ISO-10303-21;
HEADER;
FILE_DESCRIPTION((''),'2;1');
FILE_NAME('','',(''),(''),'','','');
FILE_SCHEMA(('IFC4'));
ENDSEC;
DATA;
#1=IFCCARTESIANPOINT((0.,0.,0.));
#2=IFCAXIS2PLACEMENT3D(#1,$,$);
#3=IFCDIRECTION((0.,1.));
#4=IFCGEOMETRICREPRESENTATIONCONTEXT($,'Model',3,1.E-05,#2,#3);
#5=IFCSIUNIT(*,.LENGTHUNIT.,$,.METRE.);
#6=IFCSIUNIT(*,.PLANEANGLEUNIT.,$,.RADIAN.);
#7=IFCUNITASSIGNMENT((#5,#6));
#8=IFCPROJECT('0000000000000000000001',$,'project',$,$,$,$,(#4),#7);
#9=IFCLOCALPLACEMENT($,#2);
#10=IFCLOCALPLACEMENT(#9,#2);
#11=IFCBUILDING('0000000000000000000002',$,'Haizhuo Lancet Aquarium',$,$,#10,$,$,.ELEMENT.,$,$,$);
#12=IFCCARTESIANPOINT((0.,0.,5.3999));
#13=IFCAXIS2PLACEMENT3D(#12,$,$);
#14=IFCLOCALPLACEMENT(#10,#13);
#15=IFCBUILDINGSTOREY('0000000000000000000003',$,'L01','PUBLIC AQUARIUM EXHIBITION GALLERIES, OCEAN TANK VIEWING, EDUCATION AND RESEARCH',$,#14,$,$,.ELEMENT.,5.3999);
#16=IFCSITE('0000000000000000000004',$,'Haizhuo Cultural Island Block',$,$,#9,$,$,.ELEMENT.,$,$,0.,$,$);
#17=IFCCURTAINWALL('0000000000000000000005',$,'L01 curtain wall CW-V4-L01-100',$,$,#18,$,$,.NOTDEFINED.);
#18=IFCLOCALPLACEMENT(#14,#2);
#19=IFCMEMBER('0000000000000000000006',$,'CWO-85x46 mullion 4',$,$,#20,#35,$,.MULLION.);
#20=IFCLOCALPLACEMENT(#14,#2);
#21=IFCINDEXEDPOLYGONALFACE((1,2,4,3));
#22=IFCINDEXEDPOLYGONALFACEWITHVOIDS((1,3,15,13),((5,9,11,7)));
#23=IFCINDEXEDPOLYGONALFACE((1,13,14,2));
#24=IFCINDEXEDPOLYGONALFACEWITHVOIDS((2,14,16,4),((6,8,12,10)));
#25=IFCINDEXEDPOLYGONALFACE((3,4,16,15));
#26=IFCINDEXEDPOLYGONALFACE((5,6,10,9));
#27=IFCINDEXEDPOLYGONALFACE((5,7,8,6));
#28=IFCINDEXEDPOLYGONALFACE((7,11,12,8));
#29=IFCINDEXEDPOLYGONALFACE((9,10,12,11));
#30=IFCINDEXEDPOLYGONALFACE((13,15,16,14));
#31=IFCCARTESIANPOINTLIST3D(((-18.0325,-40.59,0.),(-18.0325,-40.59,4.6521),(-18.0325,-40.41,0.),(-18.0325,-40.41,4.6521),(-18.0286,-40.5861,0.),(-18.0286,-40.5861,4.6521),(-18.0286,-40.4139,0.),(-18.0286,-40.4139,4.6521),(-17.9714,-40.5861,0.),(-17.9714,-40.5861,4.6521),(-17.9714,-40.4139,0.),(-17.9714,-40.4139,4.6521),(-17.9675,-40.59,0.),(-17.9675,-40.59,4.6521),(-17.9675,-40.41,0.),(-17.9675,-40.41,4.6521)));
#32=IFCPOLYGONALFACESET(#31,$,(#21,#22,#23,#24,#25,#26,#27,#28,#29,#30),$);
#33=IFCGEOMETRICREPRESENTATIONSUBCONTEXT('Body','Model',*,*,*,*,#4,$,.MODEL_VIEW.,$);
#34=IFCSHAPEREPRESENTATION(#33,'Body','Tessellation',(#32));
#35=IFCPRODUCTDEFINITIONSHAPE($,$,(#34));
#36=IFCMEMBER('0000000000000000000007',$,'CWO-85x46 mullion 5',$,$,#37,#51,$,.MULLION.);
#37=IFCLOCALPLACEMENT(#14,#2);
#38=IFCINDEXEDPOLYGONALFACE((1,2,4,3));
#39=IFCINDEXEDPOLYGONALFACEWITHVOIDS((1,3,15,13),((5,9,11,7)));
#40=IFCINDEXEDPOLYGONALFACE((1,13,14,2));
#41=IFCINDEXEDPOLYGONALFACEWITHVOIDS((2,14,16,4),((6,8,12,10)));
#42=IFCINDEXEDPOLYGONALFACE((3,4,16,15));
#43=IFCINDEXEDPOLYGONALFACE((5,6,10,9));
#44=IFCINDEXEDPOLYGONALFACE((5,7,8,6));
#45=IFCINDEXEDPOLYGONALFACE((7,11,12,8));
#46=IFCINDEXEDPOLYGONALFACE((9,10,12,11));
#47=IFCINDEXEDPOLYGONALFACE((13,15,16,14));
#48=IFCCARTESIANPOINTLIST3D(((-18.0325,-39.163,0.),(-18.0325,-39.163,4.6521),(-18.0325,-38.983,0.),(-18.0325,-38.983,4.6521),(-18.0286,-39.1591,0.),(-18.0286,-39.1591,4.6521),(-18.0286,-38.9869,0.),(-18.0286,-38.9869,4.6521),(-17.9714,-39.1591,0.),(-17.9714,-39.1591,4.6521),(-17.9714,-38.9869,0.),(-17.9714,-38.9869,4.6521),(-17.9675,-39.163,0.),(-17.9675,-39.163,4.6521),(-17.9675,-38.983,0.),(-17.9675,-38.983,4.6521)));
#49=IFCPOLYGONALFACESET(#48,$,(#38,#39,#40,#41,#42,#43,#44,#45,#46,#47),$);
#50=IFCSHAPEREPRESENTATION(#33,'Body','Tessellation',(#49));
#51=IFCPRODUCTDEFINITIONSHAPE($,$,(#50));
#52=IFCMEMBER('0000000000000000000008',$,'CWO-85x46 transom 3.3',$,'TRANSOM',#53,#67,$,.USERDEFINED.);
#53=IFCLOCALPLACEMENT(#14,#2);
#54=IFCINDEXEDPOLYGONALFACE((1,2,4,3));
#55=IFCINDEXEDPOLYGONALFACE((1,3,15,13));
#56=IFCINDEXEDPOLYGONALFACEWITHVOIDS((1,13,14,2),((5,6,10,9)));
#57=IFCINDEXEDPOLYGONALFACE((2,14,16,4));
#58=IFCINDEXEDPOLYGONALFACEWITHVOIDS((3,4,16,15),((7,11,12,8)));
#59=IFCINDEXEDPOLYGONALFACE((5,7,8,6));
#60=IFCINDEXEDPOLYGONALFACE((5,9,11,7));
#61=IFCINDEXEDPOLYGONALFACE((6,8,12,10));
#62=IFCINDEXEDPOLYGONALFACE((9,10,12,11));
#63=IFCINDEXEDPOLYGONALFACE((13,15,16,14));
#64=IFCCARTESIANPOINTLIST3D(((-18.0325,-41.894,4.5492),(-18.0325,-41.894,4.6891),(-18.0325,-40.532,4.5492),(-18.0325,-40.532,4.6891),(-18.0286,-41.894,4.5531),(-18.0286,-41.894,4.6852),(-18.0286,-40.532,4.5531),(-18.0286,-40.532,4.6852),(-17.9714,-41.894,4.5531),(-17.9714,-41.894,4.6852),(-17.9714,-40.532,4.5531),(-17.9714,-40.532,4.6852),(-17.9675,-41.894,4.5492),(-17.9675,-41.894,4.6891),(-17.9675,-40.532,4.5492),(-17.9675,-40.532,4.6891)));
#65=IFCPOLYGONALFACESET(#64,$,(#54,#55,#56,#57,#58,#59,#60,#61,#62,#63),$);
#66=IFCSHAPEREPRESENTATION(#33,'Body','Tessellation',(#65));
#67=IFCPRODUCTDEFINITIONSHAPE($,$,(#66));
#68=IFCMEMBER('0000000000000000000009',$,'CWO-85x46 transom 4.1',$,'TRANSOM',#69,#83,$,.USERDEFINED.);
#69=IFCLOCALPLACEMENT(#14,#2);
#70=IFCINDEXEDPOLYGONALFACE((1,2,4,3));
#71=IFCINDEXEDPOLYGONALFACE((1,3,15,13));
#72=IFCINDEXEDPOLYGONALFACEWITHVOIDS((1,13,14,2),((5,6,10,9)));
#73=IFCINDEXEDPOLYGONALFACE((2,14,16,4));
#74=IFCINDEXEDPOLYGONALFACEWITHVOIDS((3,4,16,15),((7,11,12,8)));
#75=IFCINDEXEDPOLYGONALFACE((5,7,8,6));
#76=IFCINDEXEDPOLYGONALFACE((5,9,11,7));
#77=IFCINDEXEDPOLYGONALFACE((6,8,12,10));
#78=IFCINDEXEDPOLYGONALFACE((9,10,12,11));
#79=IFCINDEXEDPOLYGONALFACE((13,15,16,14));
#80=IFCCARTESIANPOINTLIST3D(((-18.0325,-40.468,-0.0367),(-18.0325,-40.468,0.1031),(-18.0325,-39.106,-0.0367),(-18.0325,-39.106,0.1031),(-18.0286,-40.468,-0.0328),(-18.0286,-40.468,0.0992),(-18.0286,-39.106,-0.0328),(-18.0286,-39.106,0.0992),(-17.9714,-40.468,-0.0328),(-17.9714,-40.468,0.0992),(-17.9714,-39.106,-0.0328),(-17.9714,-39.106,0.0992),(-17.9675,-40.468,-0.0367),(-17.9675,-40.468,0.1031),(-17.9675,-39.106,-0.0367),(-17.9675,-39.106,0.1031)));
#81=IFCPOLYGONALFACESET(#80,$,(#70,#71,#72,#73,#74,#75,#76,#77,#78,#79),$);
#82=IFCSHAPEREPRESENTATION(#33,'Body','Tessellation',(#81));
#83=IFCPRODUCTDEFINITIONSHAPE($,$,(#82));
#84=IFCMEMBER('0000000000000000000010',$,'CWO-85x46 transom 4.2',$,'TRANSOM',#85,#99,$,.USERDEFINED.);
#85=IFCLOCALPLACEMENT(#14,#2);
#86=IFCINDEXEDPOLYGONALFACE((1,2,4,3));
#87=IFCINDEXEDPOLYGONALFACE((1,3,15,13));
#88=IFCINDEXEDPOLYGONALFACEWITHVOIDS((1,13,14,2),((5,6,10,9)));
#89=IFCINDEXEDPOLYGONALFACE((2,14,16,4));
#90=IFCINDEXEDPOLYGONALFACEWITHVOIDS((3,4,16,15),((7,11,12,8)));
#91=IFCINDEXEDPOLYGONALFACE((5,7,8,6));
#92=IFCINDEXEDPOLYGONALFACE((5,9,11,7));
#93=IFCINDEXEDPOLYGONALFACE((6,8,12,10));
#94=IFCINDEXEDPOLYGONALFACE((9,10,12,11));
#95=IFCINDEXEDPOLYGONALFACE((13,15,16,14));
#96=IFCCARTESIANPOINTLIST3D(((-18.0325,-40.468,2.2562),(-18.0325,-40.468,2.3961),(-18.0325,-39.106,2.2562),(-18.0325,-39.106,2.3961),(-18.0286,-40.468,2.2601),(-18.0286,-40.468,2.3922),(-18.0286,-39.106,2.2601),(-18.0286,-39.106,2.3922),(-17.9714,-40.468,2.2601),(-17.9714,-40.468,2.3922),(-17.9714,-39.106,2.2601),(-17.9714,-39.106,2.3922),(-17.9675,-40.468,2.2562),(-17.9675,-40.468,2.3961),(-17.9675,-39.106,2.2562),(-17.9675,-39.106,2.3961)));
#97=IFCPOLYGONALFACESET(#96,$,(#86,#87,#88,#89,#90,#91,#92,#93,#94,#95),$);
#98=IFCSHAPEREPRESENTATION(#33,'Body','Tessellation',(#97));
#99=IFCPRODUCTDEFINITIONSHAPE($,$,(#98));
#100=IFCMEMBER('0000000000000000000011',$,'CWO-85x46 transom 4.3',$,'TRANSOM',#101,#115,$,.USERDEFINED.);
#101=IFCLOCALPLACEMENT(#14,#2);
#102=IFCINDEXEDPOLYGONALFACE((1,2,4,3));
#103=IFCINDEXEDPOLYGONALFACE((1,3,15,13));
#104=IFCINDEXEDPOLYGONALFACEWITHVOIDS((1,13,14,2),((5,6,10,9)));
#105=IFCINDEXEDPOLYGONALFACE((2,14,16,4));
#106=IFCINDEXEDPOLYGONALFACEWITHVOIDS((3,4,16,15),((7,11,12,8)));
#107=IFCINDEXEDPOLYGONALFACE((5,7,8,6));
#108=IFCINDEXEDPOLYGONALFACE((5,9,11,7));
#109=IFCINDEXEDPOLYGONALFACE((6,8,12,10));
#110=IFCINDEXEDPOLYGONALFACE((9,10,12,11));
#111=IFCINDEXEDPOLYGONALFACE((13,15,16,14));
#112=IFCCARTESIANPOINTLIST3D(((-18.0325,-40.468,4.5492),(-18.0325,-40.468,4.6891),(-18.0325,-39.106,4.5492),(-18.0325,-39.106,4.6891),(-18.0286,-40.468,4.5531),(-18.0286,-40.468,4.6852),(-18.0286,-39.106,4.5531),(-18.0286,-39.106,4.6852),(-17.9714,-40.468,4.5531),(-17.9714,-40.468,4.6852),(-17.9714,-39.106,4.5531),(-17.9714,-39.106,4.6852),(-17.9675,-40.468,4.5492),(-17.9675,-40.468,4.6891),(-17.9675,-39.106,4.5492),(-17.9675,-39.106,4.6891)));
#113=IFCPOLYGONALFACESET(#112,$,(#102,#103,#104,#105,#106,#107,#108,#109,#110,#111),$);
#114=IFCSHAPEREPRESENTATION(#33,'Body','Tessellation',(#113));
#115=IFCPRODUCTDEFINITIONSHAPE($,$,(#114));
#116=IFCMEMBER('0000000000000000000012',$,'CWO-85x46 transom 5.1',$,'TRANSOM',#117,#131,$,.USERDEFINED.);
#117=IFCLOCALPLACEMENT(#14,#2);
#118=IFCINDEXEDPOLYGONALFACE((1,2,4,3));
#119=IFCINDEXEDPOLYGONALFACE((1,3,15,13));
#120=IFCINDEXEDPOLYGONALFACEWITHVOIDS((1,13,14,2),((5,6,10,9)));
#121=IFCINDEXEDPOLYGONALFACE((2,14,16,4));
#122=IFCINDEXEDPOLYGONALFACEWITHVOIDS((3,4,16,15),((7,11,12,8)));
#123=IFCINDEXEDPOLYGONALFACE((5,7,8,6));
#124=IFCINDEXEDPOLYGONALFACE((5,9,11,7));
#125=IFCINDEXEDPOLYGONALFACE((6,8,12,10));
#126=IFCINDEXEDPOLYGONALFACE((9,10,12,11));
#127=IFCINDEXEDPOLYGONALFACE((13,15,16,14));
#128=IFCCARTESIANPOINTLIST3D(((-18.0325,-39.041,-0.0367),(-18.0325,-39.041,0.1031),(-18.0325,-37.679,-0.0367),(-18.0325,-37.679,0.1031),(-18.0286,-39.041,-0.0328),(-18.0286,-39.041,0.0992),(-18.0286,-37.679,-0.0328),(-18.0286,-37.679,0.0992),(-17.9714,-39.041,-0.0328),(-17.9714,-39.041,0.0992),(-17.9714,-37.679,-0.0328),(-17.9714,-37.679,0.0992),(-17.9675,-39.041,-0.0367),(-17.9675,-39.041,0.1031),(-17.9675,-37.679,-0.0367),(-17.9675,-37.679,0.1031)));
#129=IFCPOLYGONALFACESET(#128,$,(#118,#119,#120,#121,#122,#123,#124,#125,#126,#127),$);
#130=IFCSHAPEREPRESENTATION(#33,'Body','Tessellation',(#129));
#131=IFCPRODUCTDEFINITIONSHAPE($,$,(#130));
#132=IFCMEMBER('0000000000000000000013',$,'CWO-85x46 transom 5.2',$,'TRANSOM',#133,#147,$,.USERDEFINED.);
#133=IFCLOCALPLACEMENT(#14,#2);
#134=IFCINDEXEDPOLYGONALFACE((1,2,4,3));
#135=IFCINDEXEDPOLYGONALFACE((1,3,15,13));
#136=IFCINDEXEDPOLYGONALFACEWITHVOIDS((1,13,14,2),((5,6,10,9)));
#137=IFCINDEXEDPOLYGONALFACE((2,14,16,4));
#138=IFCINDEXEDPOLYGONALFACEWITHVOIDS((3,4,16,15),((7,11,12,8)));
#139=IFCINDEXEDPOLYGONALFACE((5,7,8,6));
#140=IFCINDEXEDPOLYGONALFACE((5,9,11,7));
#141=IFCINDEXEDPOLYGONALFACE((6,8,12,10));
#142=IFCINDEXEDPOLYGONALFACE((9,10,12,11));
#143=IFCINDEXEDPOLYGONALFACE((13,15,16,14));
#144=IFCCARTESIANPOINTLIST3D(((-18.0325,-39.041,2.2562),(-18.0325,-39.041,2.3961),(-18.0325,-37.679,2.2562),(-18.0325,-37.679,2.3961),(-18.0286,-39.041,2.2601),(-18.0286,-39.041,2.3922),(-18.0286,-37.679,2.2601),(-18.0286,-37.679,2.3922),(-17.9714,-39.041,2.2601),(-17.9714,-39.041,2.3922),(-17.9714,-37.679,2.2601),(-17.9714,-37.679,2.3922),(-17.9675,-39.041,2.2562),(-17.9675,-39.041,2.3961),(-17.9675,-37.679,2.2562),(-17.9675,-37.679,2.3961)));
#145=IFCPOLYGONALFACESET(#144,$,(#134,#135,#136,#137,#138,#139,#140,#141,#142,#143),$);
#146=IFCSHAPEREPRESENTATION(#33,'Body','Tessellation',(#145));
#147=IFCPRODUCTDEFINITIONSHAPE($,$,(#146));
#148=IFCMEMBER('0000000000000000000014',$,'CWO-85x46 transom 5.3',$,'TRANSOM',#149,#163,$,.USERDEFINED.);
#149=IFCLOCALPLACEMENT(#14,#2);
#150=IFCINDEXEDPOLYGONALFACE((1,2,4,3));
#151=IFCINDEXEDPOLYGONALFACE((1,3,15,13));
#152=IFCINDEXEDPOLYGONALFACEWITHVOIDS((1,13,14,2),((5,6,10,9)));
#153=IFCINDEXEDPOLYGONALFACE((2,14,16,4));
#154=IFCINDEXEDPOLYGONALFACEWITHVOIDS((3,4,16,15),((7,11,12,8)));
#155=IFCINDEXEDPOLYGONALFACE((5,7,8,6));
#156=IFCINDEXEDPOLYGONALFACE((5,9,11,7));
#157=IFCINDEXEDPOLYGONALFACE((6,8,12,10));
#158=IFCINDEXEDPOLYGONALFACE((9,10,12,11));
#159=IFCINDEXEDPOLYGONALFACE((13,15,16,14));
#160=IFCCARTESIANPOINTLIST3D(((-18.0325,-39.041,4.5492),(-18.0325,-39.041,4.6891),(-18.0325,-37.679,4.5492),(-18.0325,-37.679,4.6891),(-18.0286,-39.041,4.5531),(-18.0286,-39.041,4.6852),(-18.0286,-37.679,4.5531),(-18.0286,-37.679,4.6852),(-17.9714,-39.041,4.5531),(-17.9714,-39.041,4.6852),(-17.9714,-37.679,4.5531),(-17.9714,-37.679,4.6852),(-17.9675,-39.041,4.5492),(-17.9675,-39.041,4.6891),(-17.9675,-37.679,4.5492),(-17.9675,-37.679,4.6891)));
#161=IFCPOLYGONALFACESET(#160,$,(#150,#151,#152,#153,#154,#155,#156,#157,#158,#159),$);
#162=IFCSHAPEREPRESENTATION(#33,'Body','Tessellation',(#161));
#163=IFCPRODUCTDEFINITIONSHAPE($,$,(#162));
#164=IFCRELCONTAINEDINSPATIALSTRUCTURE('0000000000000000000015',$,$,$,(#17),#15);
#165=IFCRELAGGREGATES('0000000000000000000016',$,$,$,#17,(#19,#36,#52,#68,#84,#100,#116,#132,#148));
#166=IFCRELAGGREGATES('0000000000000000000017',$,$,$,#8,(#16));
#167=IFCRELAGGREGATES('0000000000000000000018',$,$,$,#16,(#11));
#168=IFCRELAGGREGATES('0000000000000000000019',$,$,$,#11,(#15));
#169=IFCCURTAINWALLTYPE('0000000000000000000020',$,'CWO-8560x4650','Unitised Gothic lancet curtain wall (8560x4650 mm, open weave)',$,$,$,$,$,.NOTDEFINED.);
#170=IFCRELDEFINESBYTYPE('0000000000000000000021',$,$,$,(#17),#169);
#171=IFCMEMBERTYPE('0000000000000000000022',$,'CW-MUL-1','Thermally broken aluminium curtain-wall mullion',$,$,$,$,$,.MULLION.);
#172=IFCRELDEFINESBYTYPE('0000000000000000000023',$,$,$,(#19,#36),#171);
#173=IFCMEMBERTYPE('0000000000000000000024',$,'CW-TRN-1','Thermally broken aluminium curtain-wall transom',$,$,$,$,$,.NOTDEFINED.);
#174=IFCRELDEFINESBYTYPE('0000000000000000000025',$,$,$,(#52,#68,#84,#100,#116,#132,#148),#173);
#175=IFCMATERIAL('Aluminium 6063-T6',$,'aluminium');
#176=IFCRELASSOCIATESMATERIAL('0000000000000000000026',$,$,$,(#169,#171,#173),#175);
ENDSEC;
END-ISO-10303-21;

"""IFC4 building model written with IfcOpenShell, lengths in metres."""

from ifc_helpers import new_model, si_unit, direction, frame, origin, origin_2d, place, context, subcontext, project, spatial, hollow_rectangle, extrude, material, material_profile, profile_set, type_object, element, aggregate, save


model = new_model("IFC4")

# Units and contexts
model_context = context("Model", 3, precision=1e-05, world=origin(), true_north=direction((0.0, 1.0)))
body_context = subcontext(model_context, "Body", "Model", "MODEL_VIEW")
ifc_project = project(units=[si_unit("LENGTHUNIT", "METRE"), si_unit("PLANEANGLEUNIT", "RADIAN")], contexts=[model_context])

# Site, building, storey
site_placement = place(None, origin())
site = spatial("IfcSite", under=ifc_project, at=site_placement, Name="Haizhuo Cultural Island Block", CompositionType="ELEMENT", RefElevation=0.0)
building_placement = place(site_placement, origin())
building = spatial("IfcBuilding", under=site, at=building_placement, Name="Haizhuo Lancet Aquarium", CompositionType="ELEMENT")
storey_placement = place(building_placement, frame((0.0, 0.0, 5.3999)))
storey = spatial("IfcBuildingStorey", under=building, at=storey_placement, Name="L01", Description="PUBLIC AQUARIUM EXHIBITION GALLERIES, OCEAN TANK VIEWING, EDUCATION AND RESEARCH", CompositionType="ELEMENT", Elevation=5.3999)

# Curtain wall, members
ifc_material_1 = material(Name="Aluminium 6063-T6", Category="aluminium")
curtain_wall_type = type_object("IfcCurtainWallType", Name="CWO-8560x4650", Description="Unitised Gothic lancet curtain wall (8560x4650 mm, open weave)", PredefinedType="NOTDEFINED", material=ifc_material_1)
curtain_wall_placement = place(storey_placement, origin())
curtain_wall = element("IfcCurtainWall", 1, at=curtain_wall_placement, inside=storey, type_object=curtain_wall_type, Name="L01 curtain wall CW-V4-L01-100", PredefinedType="NOTDEFINED")
ifc_material_profile_1 = material_profile(ifc_material_1, hollow_rectangle(XDim=0.0649, YDim=0.1799, WallThickness=0.0039, at=origin_2d()), Name="ALU-M 65x180x4")
ifc_profile_set_1 = profile_set([ifc_material_profile_1], Name="Aluminium 6063-T6")
member_type_1 = type_object("IfcMemberType", Name="CW-MUL-1", Description="Thermally broken aluminium curtain-wall mullion", PredefinedType="MULLION", material=ifc_profile_set_1)
member_1_placement = place(storey_placement, frame((-18.0, -40.5, 0.0), z_axis=(0.0, 0.0, 1.0), x_axis=(-1.0, 0.0, 0.0)))
member_1 = element("IfcMember", 2, at=member_1_placement, type_object=member_type_1, Name="CWO-85x46 mullion 4", PredefinedType="MULLION", context=body_context, shape_type="SweptSolid", body=[
    extrude(hollow_rectangle(XDim=0.0649, YDim=0.1799, WallThickness=0.0039, at=origin_2d()), origin(), (0.0, 0.0, 1.0), 4.6521),
])
member_2_placement = place(storey_placement, frame((-18.0, -39.073, 0.0), z_axis=(0.0, 0.0, 1.0), x_axis=(-1.0, 0.0, 0.0)))
member_2 = element("IfcMember", 3, at=member_2_placement, type_object=member_type_1, Name="CWO-85x46 mullion 5", PredefinedType="MULLION", context=body_context, shape_type="SweptSolid", body=[
    extrude(hollow_rectangle(XDim=0.0649, YDim=0.1799, WallThickness=0.0039, at=origin_2d()), origin(), (0.0, 0.0, 1.0), 4.6521),
])
ifc_material_profile_2 = material_profile(ifc_material_1, hollow_rectangle(XDim=0.0649, YDim=0.1399, WallThickness=0.0039, at=origin_2d()), Name="ALU-T 65x140x4")
ifc_profile_set_2 = profile_set([ifc_material_profile_2], Name="Aluminium 6063-T6")
member_type_2 = type_object("IfcMemberType", Name="CW-TRN-1", Description="Thermally broken aluminium curtain-wall transom", PredefinedType="NOTDEFINED", material=ifc_profile_set_2)
member_3_placement = place(storey_placement, frame((-18.0, -41.894, 4.6191), z_axis=(0.0, 1.0, 0.0), x_axis=(-1.0, 0.0, 0.0)))
member_3 = element("IfcMember", 4, at=member_3_placement, type_object=member_type_2, Name="CWO-85x46 transom 3.3", ObjectType="TRANSOM", PredefinedType="USERDEFINED", context=body_context, shape_type="SweptSolid", body=[
    extrude(hollow_rectangle(XDim=0.0649, YDim=0.1399, WallThickness=0.0039, at=origin_2d()), origin(), (0.0, 0.0, 1.0), 1.3621),
])
member_4_placement = place(storey_placement, frame((-18.0, -40.468, 0.0332), z_axis=(0.0, 1.0, 0.0), x_axis=(-1.0, 0.0, 0.0)))
member_4 = element("IfcMember", 5, at=member_4_placement, type_object=member_type_2, Name="CWO-85x46 transom 4.1", ObjectType="TRANSOM", PredefinedType="USERDEFINED", context=body_context, shape_type="SweptSolid", body=[
    extrude(hollow_rectangle(XDim=0.0649, YDim=0.1399, WallThickness=0.0039, at=origin_2d()), origin(), (0.0, 0.0, 1.0), 1.3621),
])
member_5_placement = place(storey_placement, frame((-18.0, -40.468, 2.3262), z_axis=(0.0, 1.0, 0.0), x_axis=(-1.0, 0.0, 0.0)))
member_5 = element("IfcMember", 6, at=member_5_placement, type_object=member_type_2, Name="CWO-85x46 transom 4.2", ObjectType="TRANSOM", PredefinedType="USERDEFINED", context=body_context, shape_type="SweptSolid", body=[
    extrude(hollow_rectangle(XDim=0.0649, YDim=0.1399, WallThickness=0.0039, at=origin_2d()), origin(), (0.0, 0.0, 1.0), 1.3621),
])
member_6_placement = place(storey_placement, frame((-18.0, -40.468, 4.6191), z_axis=(0.0, 1.0, 0.0), x_axis=(-1.0, 0.0, 0.0)))
member_6 = element("IfcMember", 7, at=member_6_placement, type_object=member_type_2, Name="CWO-85x46 transom 4.3", ObjectType="TRANSOM", PredefinedType="USERDEFINED", context=body_context, shape_type="SweptSolid", body=[
    extrude(hollow_rectangle(XDim=0.0649, YDim=0.1399, WallThickness=0.0039, at=origin_2d()), origin(), (0.0, 0.0, 1.0), 1.3621),
])
member_7_placement = place(storey_placement, frame((-18.0, -39.041, 0.0332), z_axis=(0.0, 1.0, 0.0), x_axis=(-1.0, 0.0, 0.0)))
member_7 = element("IfcMember", 8, at=member_7_placement, type_object=member_type_2, Name="CWO-85x46 transom 5.1", ObjectType="TRANSOM", PredefinedType="USERDEFINED", context=body_context, shape_type="SweptSolid", body=[
    extrude(hollow_rectangle(XDim=0.0649, YDim=0.1399, WallThickness=0.0039, at=origin_2d()), origin(), (0.0, 0.0, 1.0), 1.3621),
])
member_8_placement = place(storey_placement, frame((-18.0, -39.041, 2.3262), z_axis=(0.0, 1.0, 0.0), x_axis=(-1.0, 0.0, 0.0)))
member_8 = element("IfcMember", 9, at=member_8_placement, type_object=member_type_2, Name="CWO-85x46 transom 5.2", ObjectType="TRANSOM", PredefinedType="USERDEFINED", context=body_context, shape_type="SweptSolid", body=[
    extrude(hollow_rectangle(XDim=0.0649, YDim=0.1399, WallThickness=0.0039, at=origin_2d()), origin(), (0.0, 0.0, 1.0), 1.3621),
])
member_9_placement = place(storey_placement, frame((-18.0, -39.041, 4.6191), z_axis=(0.0, 1.0, 0.0), x_axis=(-1.0, 0.0, 0.0)))
member_9 = element("IfcMember", 10, at=member_9_placement, type_object=member_type_2, Name="CWO-85x46 transom 5.3", ObjectType="TRANSOM", PredefinedType="USERDEFINED", context=body_context, shape_type="SweptSolid", body=[
    extrude(hollow_rectangle(XDim=0.0649, YDim=0.1399, WallThickness=0.0039, at=origin_2d()), origin(), (0.0, 0.0, 1.0), 1.3621),
])

aggregate(curtain_wall, [member_1, member_2, member_3, member_4, member_5, member_6, member_7, member_8, member_9])

save(model, "model.ifc")
